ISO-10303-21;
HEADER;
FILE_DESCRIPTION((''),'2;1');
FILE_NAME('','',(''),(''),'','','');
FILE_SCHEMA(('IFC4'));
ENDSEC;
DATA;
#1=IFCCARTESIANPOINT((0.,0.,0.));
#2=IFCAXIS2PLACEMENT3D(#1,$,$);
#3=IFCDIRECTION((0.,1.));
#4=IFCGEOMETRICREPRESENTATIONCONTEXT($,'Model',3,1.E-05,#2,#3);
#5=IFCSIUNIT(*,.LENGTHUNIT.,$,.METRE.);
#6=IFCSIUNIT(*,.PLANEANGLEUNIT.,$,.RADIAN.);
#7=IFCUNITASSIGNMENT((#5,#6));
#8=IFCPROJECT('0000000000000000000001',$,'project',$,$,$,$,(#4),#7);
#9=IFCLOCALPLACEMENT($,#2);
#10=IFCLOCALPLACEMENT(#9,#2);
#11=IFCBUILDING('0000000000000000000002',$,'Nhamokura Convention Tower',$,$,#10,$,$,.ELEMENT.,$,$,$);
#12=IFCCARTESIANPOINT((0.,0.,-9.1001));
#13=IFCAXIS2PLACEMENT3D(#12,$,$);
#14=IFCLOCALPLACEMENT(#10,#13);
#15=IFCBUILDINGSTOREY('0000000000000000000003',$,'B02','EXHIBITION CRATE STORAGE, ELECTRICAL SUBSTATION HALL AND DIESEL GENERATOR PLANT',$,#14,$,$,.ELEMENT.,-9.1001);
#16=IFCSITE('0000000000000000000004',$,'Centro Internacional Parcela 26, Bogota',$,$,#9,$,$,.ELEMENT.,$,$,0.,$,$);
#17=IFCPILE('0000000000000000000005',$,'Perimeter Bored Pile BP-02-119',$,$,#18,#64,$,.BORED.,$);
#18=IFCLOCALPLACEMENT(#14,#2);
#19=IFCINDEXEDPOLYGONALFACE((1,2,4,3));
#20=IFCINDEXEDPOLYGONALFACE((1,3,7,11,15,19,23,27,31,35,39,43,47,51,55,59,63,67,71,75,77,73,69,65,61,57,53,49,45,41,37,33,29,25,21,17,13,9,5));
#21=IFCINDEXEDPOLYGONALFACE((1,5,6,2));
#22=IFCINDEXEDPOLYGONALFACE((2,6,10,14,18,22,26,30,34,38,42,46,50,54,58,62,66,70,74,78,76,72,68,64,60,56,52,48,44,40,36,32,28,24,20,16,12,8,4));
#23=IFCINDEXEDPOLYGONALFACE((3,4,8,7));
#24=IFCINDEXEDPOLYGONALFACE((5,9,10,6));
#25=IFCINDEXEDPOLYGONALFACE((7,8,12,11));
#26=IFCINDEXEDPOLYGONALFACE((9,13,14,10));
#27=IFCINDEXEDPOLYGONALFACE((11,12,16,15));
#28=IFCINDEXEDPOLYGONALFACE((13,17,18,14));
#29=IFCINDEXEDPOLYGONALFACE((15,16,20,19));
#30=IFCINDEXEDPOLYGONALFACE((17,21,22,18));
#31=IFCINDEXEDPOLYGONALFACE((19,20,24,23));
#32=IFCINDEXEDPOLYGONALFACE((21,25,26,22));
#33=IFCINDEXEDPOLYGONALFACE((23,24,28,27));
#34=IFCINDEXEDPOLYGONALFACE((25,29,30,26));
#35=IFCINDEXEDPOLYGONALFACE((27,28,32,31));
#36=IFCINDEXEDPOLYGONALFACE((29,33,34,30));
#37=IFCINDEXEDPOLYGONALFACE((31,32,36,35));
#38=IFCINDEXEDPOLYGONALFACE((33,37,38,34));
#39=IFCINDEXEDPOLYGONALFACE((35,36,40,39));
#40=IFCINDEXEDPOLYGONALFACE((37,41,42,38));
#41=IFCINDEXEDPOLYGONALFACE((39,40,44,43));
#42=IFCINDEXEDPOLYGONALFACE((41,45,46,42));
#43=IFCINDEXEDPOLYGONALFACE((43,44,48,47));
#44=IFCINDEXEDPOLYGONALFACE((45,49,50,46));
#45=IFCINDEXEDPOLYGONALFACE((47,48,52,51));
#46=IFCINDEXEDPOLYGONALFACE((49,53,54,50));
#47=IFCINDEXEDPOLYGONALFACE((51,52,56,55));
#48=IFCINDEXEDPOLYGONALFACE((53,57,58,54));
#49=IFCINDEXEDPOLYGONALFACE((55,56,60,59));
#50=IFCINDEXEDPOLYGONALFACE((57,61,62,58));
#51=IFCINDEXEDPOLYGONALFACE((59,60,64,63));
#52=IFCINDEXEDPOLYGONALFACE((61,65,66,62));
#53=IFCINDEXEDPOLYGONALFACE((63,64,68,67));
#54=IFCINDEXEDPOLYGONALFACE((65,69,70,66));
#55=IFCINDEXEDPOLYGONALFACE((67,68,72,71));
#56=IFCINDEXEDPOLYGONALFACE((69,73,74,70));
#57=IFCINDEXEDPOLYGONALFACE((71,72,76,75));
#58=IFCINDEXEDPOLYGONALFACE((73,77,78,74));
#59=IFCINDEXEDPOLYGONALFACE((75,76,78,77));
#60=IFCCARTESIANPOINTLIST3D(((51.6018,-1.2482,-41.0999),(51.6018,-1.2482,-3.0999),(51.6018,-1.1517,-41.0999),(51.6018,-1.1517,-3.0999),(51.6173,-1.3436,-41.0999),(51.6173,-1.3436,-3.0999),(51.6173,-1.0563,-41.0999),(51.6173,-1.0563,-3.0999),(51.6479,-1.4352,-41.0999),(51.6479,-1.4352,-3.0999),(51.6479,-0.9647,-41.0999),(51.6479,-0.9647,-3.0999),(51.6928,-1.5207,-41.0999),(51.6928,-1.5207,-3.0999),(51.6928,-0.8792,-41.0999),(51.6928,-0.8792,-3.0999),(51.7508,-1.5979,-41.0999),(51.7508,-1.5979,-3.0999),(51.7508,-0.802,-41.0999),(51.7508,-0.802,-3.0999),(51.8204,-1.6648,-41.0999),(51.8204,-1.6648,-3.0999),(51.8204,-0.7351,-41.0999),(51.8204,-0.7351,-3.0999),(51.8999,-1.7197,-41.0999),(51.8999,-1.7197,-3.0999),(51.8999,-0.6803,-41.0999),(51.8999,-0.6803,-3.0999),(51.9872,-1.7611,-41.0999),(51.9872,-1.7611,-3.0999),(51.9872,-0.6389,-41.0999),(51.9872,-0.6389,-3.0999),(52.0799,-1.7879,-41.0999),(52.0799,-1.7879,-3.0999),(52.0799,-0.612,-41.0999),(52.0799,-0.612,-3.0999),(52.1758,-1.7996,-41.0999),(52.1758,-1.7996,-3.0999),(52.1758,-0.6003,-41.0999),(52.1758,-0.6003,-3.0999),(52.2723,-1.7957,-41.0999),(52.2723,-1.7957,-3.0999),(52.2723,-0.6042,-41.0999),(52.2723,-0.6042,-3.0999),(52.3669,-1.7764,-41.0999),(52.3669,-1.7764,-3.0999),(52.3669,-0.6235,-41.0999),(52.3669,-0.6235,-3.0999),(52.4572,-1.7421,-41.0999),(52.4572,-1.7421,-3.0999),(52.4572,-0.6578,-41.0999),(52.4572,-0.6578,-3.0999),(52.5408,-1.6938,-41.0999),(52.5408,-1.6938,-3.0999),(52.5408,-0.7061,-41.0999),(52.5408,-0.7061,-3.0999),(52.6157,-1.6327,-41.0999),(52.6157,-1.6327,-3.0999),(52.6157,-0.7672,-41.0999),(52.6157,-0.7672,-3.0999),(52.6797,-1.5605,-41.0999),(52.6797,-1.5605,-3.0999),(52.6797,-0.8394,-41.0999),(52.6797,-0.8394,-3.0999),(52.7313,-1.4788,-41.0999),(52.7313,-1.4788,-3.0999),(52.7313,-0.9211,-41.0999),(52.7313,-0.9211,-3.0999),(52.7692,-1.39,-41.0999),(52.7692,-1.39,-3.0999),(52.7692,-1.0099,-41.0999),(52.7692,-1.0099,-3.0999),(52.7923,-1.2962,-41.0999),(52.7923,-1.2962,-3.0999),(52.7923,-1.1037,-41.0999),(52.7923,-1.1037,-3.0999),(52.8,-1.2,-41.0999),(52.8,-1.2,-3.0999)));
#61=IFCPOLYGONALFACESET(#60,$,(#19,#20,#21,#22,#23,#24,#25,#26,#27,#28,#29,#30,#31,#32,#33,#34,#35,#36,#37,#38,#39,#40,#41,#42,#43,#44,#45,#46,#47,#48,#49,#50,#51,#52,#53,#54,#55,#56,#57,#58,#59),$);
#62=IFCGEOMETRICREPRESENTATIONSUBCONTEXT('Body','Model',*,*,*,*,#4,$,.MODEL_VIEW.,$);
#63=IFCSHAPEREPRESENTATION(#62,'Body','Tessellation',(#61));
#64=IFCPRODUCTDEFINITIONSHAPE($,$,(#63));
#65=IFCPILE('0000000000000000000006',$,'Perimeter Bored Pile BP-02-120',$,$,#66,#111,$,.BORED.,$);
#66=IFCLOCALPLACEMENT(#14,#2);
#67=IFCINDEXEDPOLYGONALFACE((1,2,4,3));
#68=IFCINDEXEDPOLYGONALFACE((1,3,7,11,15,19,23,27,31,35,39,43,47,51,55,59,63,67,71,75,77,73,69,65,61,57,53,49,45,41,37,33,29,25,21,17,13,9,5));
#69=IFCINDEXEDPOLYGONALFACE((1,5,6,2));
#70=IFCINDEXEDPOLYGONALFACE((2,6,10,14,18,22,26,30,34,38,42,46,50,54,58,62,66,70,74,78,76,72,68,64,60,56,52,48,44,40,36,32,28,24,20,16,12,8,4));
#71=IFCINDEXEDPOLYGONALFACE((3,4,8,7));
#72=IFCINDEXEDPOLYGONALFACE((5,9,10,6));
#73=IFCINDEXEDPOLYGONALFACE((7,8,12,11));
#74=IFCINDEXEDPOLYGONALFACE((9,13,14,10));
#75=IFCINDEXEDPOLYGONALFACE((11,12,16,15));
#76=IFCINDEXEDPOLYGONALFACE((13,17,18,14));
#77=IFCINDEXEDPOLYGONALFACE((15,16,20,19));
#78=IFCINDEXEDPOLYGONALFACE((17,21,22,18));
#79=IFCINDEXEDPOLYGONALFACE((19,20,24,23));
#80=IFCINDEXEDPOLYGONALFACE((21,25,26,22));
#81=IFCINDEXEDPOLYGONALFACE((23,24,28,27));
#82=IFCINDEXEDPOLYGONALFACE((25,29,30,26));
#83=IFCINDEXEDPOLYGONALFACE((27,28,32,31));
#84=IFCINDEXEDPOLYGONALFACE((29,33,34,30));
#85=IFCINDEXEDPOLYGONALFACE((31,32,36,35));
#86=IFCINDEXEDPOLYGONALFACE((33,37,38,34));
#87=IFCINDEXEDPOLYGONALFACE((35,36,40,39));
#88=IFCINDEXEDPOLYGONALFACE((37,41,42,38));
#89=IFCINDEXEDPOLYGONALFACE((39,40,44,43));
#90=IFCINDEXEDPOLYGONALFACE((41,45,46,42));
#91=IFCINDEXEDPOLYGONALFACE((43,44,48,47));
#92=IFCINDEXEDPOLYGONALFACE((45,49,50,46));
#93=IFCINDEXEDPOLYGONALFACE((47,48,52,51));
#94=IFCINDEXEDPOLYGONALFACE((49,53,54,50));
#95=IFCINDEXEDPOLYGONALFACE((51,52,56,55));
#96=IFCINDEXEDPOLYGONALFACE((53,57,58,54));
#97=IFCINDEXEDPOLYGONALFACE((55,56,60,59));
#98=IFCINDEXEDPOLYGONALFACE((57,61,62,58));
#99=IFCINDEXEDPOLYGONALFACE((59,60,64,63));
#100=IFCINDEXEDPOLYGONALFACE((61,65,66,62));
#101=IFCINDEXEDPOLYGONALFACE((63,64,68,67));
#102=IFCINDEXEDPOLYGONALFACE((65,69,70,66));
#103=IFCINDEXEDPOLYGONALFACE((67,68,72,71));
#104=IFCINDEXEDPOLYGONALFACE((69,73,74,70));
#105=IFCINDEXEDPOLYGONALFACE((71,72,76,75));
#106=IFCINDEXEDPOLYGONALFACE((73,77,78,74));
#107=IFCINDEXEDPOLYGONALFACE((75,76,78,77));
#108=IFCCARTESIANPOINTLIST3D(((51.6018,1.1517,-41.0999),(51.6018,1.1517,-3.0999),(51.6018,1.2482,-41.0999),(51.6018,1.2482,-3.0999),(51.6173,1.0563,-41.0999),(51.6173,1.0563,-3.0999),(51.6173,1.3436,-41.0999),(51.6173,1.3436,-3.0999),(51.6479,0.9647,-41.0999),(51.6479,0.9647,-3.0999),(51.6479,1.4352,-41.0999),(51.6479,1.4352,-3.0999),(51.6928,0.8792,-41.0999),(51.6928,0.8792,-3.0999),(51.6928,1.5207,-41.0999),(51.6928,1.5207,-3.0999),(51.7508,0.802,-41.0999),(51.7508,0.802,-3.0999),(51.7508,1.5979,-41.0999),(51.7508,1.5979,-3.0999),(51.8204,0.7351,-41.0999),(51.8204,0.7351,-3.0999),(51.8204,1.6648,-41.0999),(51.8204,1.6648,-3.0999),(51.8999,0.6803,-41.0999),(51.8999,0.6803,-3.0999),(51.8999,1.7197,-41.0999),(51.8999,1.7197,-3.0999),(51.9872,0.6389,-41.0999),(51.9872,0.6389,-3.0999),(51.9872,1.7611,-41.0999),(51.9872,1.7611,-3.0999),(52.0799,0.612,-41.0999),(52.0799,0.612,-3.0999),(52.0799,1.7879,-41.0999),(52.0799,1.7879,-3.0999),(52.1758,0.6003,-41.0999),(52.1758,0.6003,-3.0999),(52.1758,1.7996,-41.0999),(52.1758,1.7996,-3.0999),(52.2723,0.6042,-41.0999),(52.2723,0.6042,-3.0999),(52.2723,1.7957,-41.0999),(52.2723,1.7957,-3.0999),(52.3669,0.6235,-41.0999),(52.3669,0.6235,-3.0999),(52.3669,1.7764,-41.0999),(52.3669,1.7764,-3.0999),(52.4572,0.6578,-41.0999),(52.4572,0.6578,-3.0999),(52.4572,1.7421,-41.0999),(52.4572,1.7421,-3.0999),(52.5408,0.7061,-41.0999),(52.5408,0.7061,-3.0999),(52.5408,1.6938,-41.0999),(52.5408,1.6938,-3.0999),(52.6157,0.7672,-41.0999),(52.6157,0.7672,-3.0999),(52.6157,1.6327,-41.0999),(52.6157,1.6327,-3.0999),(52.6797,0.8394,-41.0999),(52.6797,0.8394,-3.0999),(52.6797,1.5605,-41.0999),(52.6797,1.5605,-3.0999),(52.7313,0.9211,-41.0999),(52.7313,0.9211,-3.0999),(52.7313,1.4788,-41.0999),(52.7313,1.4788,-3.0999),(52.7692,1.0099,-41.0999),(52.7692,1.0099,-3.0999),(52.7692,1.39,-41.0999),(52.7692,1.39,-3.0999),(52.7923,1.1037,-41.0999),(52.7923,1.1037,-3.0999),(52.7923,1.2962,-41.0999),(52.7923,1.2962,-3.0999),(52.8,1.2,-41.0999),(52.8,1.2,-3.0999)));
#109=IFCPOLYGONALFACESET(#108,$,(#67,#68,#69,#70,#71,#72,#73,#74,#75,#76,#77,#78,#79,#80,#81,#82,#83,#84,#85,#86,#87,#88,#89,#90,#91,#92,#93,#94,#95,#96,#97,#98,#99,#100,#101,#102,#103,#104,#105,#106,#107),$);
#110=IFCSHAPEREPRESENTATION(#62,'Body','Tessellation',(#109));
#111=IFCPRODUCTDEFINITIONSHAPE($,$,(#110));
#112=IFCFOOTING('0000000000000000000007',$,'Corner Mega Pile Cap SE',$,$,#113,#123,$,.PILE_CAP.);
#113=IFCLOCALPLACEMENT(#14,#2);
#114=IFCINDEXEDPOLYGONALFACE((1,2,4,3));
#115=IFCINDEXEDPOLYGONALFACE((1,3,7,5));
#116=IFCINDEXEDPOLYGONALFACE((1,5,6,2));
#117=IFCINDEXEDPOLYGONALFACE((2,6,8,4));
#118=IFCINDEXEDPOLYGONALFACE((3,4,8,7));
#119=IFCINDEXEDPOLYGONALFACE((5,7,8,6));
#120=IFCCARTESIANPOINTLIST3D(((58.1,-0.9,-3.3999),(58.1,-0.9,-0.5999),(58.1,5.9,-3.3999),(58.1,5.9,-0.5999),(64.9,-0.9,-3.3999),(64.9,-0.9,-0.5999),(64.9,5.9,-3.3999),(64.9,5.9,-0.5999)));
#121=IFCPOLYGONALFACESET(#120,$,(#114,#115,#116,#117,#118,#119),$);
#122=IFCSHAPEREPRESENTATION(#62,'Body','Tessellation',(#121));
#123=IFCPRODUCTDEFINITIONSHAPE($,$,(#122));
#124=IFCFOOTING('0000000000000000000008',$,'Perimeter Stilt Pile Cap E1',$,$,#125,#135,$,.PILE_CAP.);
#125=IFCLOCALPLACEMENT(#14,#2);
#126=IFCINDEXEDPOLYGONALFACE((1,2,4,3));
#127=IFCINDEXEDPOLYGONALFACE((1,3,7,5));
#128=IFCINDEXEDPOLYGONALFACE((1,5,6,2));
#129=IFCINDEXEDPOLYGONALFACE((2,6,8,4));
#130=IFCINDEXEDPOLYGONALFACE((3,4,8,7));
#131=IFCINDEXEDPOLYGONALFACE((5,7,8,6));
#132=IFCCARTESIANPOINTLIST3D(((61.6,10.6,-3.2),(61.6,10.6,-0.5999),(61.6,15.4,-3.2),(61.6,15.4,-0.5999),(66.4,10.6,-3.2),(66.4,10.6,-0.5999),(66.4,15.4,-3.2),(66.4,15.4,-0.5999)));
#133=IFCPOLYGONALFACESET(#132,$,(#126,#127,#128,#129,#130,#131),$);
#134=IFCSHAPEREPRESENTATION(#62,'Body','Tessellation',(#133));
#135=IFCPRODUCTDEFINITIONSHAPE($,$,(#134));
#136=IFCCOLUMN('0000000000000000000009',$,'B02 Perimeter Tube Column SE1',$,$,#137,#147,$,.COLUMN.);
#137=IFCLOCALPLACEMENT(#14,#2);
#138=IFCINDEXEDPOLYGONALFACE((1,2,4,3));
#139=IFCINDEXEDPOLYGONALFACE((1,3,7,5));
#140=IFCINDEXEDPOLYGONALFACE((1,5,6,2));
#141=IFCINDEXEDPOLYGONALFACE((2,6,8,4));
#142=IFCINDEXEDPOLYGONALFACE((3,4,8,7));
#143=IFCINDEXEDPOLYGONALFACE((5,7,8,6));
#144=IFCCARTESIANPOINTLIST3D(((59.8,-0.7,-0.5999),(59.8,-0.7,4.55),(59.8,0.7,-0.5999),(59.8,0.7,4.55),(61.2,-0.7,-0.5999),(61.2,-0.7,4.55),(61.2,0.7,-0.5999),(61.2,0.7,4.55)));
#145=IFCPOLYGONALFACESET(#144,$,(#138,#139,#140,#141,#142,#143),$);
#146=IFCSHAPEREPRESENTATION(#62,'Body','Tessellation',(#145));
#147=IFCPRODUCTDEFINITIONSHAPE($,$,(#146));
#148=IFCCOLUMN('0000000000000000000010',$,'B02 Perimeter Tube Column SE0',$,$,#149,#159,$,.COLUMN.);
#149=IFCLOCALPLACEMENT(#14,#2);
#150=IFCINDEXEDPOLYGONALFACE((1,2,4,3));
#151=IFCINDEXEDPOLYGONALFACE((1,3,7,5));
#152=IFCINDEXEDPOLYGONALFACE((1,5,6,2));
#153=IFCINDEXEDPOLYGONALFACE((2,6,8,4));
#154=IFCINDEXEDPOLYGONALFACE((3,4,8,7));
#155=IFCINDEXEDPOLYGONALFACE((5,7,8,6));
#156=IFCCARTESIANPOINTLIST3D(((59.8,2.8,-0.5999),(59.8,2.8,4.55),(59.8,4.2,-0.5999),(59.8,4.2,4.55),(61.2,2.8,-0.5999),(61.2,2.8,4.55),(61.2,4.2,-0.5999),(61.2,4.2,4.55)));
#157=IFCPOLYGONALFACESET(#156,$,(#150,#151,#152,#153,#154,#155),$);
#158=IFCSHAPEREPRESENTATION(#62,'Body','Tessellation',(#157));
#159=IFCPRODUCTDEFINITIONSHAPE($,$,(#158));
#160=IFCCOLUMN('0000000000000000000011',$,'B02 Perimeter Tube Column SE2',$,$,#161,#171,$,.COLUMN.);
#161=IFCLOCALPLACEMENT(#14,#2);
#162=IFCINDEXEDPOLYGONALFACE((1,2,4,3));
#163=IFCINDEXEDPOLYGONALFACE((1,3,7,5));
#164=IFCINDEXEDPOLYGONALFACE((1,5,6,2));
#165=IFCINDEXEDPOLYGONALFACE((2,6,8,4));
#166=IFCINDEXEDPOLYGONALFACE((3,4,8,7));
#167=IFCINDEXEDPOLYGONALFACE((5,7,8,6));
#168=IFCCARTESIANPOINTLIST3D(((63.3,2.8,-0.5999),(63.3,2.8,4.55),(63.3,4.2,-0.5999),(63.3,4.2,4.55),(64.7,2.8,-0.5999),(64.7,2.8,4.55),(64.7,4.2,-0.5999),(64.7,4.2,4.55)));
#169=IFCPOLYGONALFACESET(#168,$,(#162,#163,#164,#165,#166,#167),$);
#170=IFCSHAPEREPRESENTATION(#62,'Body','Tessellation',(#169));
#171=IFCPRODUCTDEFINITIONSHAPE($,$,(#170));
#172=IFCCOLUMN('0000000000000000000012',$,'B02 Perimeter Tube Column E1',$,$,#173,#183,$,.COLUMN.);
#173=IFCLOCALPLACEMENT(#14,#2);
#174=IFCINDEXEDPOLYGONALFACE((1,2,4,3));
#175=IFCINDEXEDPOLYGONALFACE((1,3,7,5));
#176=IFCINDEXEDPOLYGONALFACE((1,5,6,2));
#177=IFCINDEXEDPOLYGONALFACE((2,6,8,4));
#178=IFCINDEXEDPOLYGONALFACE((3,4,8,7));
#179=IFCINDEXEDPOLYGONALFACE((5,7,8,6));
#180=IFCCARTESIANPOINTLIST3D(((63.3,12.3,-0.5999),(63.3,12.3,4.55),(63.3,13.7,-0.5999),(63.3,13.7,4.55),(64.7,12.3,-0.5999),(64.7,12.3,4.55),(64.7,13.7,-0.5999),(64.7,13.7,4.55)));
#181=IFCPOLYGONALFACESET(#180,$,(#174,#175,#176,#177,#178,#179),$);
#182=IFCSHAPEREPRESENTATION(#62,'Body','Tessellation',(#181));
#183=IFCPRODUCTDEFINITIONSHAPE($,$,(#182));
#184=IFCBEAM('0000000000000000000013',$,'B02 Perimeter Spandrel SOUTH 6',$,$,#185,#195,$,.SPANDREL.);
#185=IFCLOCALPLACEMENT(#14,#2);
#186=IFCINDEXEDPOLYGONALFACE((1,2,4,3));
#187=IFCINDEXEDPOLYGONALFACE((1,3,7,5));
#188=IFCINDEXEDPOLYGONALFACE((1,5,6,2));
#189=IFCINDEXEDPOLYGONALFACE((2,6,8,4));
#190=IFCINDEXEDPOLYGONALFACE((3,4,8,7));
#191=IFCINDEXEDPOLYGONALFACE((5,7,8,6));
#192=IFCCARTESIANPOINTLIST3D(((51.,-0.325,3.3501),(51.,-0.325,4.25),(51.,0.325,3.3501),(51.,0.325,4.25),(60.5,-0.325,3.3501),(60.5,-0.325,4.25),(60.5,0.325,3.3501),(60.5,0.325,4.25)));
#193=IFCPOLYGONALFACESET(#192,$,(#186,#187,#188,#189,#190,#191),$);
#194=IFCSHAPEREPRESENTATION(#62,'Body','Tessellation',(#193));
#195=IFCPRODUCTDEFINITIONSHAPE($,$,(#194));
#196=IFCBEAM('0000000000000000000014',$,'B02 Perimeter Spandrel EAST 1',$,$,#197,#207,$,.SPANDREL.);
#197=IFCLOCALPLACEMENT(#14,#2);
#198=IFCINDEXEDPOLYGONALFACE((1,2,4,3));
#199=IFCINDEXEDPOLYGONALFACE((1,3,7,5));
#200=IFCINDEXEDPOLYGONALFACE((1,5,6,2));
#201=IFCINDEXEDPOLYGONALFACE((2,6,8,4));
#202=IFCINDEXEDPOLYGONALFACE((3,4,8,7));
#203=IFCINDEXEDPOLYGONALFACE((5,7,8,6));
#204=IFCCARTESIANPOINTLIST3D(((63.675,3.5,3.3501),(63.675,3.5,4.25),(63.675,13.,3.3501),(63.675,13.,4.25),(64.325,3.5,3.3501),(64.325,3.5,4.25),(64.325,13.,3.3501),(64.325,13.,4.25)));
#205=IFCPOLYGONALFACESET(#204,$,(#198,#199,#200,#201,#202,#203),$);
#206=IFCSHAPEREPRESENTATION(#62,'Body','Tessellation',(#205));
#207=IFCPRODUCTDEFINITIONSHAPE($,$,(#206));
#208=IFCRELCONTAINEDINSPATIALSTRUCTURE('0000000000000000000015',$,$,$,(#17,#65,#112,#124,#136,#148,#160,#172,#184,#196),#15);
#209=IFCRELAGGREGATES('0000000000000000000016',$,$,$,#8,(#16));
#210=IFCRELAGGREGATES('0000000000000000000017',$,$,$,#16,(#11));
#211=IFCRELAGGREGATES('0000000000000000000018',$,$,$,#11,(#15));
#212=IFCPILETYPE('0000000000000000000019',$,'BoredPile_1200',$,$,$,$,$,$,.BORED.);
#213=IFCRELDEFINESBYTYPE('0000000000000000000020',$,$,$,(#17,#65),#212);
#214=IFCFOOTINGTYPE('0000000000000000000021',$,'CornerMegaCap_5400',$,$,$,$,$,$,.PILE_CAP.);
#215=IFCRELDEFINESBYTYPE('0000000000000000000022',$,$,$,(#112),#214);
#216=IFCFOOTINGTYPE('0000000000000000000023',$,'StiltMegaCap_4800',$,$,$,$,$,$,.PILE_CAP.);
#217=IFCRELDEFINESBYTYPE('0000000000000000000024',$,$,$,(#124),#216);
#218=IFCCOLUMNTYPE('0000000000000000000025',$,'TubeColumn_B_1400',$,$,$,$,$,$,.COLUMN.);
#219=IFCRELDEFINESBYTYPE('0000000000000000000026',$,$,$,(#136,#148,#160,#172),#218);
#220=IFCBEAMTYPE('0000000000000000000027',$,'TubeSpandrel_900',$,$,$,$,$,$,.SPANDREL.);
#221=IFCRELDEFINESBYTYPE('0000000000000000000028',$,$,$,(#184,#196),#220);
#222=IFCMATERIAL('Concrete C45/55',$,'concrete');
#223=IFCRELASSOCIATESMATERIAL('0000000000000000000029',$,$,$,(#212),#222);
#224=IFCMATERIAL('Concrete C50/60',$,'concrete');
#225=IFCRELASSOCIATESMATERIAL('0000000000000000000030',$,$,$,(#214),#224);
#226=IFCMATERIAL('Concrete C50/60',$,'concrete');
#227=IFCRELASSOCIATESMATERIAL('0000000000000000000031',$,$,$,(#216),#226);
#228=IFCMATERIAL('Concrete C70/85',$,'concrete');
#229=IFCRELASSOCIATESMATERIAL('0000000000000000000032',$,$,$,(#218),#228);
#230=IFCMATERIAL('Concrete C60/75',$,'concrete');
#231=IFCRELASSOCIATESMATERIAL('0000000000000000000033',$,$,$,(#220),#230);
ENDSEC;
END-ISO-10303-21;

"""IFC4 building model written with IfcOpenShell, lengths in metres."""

from ifc_helpers import new_model, si_unit, direction, frame, origin, origin_2d, place, context, subcontext, project, spatial, rectangle, circle, extrude, material, material_profile, profile_set, type_object, element, save


model = new_model("IFC4")

# Units and contexts
model_context = context("Model", 3, precision=1e-05, world=origin(), true_north=direction((0.0, 1.0)))
body_context = subcontext(model_context, "Body", "Model", "MODEL_VIEW")
ifc_project = project(units=[si_unit("LENGTHUNIT", "METRE"), si_unit("PLANEANGLEUNIT", "RADIAN")], contexts=[model_context])

# Site, building, storey
site_placement = place(None, origin())
site = spatial("IfcSite", under=ifc_project, at=site_placement, Name="Centro Internacional Parcela 26, Bogota", CompositionType="ELEMENT", RefElevation=0.0)
building_placement = place(site_placement, origin())
building = spatial("IfcBuilding", under=site, at=building_placement, Name="Nhamokura Convention Tower", CompositionType="ELEMENT")
storey_placement = place(building_placement, frame((0.0, 0.0, -9.1001)))
storey = spatial("IfcBuildingStorey", under=building, at=storey_placement, Name="B02", Description="EXHIBITION CRATE STORAGE, ELECTRICAL SUBSTATION HALL AND DIESEL GENERATOR PLANT", CompositionType="ELEMENT", Elevation=-9.1001)

# Piles
ifc_material_1 = material(Name="Concrete C45/55", Category="concrete")
ifc_material_profile_1 = material_profile(ifc_material_1, circle(Radius=0.6001, at=origin_2d()))
ifc_profile_set_1 = profile_set([ifc_material_profile_1], Name="Concrete C45/55")
pile_type = type_object("IfcPileType", Name="BoredPile_1200", PredefinedType="BORED", material=ifc_profile_set_1)
for number, where, z_axis, x_axis, name in (
    (1, (52.2, -1.2, -3.0999), (0.0, 0.0, -1.0), (1.0, 0.0, 0.0), "Perimeter Bored Pile BP-02-119"),
    (2, (52.2, 1.2, -3.0999), (0.0, 0.0, -1.0), (1.0, 0.0, 0.0), "Perimeter Bored Pile BP-02-120"),
):
    element("IfcPile", number, at=place(storey_placement, frame(where, z_axis=z_axis, x_axis=x_axis)), inside=storey, type_object=pile_type, Name=name, PredefinedType="BORED", context=body_context, shape_type="SweptSolid", body=[
        extrude(circle(Radius=0.6001, at=origin_2d()), origin(), (0.0, 0.0, 1.0), 38.0),
    ])

# Footings
ifc_material_2 = material(Name="Concrete C50/60", Category="concrete")
footing_type_1 = type_object("IfcFootingType", Name="CornerMegaCap_5400", PredefinedType="PILE_CAP", material=ifc_material_2)
footing_1_placement = place(storey_placement, frame((61.5, 2.5, -3.3999), z_axis=(0.0, 0.0, 1.0), x_axis=(1.0, 0.0, 0.0)))
element("IfcFooting", 3, at=footing_1_placement, inside=storey, type_object=footing_type_1, Name="Corner Mega Pile Cap SE", PredefinedType="PILE_CAP", context=body_context, shape_type="SweptSolid", body=[
    extrude(rectangle(XDim=6.8, YDim=6.8, at=origin_2d()), origin(), (0.0, 0.0, 1.0), 2.8),
])
ifc_material_3 = material(Name="Concrete C50/60", Category="concrete")
footing_type_2 = type_object("IfcFootingType", Name="StiltMegaCap_4800", PredefinedType="PILE_CAP", material=ifc_material_3)
footing_2_placement = place(storey_placement, frame((64.0, 13.0, -3.2), z_axis=(0.0, 0.0, 1.0), x_axis=(1.0, 0.0, 0.0)))
element("IfcFooting", 4, at=footing_2_placement, inside=storey, type_object=footing_type_2, Name="Perimeter Stilt Pile Cap E1", PredefinedType="PILE_CAP", context=body_context, shape_type="SweptSolid", body=[
    extrude(rectangle(XDim=4.8, YDim=4.8, at=origin_2d()), origin(), (0.0, 0.0, 1.0), 2.6001),
])

# Columns
ifc_material_4 = material(Name="Concrete C70/85", Category="concrete")
ifc_material_profile_2 = material_profile(ifc_material_4, rectangle(XDim=1.3999, YDim=1.3999, at=origin_2d()))
ifc_profile_set_2 = profile_set([ifc_material_profile_2], Name="Concrete C70/85")
column_type = type_object("IfcColumnType", Name="TubeColumn_B_1400", PredefinedType="COLUMN", material=ifc_profile_set_2)
for number, where, z_axis, x_axis, name in (
    (5, (60.5, 0.0, -0.5999), (0.0, 0.0, 1.0), (1.0, 0.0, 0.0), "B02 Perimeter Tube Column SE1"),
    (6, (60.5, 3.5, -0.5999), (0.0, 0.0, 1.0), (1.0, 0.0, 0.0), "B02 Perimeter Tube Column SE0"),
    (7, (64.0, 3.5, -0.5999), (0.0, 0.0, 1.0), (1.0, 0.0, 0.0), "B02 Perimeter Tube Column SE2"),
    (8, (64.0, 13.0, -0.5999), (0.0, 0.0, 1.0), (1.0, 0.0, 0.0), "B02 Perimeter Tube Column E1"),
):
    element("IfcColumn", number, at=place(storey_placement, frame(where, z_axis=z_axis, x_axis=x_axis)), inside=storey, type_object=column_type, Name=name, PredefinedType="COLUMN", context=body_context, shape_type="SweptSolid", body=[
        extrude(rectangle(XDim=1.3999, YDim=1.3999, at=origin_2d()), origin(), (0.0, 0.0, 1.0), 5.1499),
    ])

# Beams
ifc_material_5 = material(Name="Concrete C60/75", Category="concrete")
ifc_material_profile_3 = material_profile(ifc_material_5, rectangle(XDim=0.6499, YDim=0.8999, at=origin_2d()))
ifc_profile_set_3 = profile_set([ifc_material_profile_3], Name="Concrete C60/75")
beam_type = type_object("IfcBeamType", Name="TubeSpandrel_900", PredefinedType="SPANDREL", material=ifc_profile_set_3)
for number, where, z_axis, x_axis, name in (
    (9, (51.0, 0.0, 3.8), (1.0, 0.0, 0.0), (0.0, 1.0, 0.0), "B02 Perimeter Spandrel SOUTH 6"),
    (10, (64.0, 3.5, 3.8), (0.0, 1.0, 0.0), (-1.0, 0.0, 0.0), "B02 Perimeter Spandrel EAST 1"),
):
    element("IfcBeam", number, at=place(storey_placement, frame(where, z_axis=z_axis, x_axis=x_axis)), inside=storey, type_object=beam_type, Name=name, PredefinedType="SPANDREL", context=body_context, shape_type="SweptSolid", body=[
        extrude(rectangle(XDim=0.6499, YDim=0.8999, at=origin_2d()), origin(), (0.0, 0.0, 1.0), 9.5),
    ])

save(model, "model.ifc")
